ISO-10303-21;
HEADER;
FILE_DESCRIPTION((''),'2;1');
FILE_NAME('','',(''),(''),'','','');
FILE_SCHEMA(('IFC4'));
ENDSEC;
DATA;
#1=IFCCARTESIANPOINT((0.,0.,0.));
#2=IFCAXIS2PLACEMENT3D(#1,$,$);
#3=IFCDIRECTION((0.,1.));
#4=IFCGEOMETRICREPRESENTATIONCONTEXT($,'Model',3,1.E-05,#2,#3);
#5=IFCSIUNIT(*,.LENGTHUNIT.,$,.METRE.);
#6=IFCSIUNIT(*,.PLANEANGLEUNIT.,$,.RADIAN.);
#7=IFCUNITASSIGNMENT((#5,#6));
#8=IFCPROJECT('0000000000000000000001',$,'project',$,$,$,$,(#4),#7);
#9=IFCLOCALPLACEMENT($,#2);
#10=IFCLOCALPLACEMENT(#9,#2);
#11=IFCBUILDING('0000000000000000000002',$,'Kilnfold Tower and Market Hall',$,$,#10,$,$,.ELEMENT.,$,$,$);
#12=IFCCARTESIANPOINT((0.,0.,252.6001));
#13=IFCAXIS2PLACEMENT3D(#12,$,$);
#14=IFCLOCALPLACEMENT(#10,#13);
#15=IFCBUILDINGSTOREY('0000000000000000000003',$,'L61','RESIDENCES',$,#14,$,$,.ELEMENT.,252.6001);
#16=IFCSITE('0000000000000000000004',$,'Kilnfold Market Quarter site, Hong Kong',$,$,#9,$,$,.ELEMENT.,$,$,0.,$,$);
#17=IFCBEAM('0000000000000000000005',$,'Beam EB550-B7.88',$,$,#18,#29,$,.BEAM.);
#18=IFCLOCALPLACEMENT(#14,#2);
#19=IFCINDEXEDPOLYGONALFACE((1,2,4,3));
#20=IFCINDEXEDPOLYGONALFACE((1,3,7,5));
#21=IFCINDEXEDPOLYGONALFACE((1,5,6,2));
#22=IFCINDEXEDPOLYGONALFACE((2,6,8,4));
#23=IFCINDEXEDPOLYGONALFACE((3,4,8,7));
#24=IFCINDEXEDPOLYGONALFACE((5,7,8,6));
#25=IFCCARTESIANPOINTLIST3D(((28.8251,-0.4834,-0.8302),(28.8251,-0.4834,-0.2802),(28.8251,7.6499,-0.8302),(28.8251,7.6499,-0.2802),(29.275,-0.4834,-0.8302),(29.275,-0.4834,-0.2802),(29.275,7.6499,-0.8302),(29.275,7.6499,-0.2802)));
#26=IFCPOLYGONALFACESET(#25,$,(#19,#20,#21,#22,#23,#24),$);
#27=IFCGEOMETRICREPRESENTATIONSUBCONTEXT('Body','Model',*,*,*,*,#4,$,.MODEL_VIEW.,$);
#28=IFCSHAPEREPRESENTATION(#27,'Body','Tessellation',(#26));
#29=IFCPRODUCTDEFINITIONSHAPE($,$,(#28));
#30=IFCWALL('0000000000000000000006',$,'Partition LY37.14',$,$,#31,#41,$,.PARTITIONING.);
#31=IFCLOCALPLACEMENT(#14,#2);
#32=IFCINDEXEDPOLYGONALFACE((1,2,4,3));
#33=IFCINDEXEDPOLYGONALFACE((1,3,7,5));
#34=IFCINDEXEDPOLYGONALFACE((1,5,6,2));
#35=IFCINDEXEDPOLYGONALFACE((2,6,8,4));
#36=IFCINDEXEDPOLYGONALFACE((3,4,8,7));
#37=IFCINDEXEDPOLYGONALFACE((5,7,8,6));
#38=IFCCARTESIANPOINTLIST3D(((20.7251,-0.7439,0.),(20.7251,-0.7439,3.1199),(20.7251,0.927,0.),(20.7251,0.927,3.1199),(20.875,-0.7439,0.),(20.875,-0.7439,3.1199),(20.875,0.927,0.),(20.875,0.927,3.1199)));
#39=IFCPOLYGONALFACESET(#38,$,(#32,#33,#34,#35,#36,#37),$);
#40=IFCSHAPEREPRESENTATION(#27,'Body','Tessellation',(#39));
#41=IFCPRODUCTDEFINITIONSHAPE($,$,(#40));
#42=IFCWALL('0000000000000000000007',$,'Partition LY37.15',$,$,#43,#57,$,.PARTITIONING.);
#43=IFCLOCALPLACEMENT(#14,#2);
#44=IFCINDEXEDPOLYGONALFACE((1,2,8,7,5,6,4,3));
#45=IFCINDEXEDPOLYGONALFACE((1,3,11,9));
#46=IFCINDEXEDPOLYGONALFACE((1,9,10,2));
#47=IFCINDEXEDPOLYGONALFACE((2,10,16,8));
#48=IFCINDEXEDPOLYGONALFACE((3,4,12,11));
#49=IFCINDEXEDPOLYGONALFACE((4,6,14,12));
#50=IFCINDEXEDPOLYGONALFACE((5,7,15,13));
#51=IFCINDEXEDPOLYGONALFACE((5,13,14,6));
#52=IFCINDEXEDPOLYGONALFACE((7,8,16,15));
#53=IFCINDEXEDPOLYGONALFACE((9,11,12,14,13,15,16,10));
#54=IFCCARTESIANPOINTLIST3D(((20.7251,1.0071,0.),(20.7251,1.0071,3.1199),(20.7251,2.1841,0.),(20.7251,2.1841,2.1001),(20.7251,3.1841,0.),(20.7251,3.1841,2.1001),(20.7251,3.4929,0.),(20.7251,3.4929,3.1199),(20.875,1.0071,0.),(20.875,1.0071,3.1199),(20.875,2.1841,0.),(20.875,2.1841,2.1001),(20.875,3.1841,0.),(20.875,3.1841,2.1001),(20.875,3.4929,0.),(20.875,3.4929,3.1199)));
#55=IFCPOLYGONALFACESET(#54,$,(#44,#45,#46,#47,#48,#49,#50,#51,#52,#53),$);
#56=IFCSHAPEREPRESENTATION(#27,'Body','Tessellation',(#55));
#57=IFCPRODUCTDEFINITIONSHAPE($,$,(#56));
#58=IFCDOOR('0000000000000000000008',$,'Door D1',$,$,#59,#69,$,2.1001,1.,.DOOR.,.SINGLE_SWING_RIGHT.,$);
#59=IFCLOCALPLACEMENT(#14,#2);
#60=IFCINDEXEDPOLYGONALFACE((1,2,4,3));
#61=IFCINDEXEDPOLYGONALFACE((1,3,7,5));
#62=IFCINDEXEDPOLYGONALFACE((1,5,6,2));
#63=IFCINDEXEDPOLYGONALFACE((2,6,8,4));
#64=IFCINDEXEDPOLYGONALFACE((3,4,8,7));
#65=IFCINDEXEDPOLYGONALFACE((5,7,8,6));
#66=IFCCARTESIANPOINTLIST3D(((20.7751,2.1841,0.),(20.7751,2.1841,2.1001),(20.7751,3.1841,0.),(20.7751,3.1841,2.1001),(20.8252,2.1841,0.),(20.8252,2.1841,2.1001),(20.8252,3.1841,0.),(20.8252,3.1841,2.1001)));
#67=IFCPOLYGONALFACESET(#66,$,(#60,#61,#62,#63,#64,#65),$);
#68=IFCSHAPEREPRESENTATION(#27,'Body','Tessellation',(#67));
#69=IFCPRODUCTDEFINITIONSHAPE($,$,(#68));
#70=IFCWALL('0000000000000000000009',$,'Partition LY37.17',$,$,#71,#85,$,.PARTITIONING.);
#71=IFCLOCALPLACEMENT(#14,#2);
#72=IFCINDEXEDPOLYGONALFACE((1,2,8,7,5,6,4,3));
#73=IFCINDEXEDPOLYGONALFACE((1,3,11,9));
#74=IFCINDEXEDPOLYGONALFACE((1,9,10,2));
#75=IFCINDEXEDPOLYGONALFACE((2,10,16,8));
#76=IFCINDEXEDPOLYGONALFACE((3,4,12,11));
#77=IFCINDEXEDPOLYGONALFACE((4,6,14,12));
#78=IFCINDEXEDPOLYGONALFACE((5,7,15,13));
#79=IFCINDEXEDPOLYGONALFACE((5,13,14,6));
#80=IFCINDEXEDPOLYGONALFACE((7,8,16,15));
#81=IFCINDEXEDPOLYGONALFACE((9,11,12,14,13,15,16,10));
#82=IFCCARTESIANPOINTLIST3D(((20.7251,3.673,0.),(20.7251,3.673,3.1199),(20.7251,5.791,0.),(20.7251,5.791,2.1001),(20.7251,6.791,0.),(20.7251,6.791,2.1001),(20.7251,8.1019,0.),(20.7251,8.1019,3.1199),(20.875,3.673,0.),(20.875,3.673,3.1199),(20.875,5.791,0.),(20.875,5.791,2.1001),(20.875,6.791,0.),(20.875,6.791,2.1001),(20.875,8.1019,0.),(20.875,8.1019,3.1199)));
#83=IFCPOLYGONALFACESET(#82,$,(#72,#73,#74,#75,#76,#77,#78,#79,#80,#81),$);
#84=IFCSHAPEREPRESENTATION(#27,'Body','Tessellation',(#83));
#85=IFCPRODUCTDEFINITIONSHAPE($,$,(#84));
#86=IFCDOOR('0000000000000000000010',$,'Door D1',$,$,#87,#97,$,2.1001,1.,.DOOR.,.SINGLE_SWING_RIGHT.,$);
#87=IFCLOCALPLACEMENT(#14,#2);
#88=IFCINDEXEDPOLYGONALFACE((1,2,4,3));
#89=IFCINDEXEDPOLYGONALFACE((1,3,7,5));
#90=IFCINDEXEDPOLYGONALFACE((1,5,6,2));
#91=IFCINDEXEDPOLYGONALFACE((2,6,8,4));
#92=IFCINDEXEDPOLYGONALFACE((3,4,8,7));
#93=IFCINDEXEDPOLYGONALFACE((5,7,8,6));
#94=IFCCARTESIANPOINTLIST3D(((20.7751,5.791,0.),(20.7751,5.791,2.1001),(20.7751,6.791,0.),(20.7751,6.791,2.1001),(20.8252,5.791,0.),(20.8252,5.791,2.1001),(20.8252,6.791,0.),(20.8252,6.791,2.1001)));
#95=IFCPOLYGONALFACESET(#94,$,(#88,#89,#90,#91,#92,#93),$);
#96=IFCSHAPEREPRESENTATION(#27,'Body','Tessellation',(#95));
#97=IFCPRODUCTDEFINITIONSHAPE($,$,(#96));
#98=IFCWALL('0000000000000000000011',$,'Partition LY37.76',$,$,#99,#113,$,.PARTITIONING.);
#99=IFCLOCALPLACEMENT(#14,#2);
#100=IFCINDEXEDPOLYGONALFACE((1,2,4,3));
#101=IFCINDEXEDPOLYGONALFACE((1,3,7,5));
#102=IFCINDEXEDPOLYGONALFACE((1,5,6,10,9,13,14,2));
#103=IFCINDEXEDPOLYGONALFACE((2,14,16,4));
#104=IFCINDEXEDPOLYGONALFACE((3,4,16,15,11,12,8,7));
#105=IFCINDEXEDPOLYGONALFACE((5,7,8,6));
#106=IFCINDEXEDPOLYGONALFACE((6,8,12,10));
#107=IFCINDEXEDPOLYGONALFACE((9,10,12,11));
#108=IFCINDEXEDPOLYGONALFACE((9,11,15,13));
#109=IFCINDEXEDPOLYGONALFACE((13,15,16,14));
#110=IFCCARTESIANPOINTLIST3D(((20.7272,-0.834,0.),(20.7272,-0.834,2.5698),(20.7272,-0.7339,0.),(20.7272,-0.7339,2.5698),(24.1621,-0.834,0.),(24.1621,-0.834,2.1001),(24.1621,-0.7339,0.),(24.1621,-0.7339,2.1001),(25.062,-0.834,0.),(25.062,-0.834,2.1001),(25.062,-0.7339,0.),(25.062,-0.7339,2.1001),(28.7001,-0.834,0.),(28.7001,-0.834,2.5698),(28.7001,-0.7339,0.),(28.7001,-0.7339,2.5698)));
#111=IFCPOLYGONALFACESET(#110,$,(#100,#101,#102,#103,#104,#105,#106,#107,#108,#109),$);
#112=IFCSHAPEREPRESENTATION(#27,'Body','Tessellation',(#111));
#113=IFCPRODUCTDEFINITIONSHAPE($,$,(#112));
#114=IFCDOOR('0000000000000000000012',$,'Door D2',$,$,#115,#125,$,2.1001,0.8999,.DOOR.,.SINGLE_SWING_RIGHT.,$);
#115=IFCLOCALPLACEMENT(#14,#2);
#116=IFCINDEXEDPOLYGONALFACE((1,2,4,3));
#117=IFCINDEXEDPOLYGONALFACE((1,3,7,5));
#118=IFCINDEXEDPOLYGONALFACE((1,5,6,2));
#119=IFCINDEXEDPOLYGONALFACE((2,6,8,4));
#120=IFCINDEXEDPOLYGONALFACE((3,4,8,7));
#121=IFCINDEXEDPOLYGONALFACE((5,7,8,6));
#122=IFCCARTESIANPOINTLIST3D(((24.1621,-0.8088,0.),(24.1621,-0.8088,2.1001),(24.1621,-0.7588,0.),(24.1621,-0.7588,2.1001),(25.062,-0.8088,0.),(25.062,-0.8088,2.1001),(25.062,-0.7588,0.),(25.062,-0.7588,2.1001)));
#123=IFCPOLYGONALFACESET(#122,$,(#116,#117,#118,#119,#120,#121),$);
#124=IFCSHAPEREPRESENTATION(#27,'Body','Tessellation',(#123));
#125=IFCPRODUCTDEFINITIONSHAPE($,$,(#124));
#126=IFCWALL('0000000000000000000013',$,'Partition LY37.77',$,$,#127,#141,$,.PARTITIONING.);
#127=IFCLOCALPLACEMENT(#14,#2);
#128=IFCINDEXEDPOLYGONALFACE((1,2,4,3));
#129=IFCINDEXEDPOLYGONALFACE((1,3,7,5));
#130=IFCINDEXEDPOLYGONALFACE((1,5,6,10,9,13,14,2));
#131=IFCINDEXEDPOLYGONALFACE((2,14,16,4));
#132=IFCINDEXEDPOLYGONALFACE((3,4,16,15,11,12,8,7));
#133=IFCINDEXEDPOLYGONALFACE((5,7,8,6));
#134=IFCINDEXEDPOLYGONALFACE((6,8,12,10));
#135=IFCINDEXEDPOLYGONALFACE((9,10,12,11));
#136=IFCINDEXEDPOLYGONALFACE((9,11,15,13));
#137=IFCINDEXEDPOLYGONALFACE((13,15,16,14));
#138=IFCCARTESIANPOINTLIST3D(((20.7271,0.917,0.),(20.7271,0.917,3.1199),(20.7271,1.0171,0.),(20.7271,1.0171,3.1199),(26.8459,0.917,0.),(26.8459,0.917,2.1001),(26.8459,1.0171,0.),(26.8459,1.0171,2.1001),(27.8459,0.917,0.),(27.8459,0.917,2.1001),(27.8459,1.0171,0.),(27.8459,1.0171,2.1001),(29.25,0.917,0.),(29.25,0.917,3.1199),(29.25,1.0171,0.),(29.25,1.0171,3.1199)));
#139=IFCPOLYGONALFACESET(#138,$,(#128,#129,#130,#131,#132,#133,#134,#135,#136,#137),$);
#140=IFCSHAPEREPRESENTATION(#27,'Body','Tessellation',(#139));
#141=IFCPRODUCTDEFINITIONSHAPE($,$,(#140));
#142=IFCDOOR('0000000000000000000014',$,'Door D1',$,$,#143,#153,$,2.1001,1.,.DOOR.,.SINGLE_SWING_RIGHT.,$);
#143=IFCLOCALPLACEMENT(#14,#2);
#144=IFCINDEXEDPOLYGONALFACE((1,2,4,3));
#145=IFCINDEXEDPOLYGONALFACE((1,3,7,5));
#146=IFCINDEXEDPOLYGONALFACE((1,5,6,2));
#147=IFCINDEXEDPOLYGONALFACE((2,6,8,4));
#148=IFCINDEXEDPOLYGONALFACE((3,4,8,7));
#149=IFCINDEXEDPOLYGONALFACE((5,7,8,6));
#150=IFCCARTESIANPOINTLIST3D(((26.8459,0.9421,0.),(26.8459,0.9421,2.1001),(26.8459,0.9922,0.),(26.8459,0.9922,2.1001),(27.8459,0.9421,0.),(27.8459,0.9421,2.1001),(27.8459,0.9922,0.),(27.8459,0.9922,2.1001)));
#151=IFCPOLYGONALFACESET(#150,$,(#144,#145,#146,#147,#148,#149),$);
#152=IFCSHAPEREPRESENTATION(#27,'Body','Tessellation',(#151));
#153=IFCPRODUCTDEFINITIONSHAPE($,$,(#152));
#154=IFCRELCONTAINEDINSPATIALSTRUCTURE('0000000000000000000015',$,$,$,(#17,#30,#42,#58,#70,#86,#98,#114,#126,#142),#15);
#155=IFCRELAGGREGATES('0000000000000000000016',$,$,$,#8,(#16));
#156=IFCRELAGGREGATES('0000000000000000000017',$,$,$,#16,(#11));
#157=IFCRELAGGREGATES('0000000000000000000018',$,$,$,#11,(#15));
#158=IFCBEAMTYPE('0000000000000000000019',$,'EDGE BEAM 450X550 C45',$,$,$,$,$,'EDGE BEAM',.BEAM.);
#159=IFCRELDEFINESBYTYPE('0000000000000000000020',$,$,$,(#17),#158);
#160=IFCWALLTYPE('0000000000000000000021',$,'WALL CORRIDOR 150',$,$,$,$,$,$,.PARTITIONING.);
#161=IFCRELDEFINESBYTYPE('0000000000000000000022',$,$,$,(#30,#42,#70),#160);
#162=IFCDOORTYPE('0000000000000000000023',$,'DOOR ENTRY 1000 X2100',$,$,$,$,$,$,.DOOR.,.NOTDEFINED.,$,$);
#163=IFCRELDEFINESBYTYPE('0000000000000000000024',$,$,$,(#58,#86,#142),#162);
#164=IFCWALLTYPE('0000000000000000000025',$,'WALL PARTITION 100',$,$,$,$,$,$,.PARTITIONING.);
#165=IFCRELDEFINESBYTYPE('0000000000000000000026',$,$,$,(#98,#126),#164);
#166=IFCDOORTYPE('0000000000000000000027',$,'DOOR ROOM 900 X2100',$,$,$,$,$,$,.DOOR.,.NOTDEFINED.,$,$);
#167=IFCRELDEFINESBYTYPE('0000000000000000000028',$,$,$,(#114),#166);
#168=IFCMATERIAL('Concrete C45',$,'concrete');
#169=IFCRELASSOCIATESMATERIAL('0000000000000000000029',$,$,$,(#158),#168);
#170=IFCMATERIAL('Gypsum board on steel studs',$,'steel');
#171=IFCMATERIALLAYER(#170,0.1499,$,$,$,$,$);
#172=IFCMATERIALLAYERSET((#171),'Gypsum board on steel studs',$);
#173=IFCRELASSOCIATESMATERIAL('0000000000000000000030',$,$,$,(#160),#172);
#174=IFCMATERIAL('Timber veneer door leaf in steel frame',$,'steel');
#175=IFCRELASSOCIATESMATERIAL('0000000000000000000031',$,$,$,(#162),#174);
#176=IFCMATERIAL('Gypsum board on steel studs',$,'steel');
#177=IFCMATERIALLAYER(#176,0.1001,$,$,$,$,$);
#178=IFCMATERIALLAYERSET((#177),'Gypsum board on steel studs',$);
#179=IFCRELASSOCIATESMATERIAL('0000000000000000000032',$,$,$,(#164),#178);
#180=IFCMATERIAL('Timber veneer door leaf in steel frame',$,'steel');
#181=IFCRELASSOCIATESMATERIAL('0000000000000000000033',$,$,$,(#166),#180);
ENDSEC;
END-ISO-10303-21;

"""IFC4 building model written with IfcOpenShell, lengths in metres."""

from ifc_helpers import new_model, si_unit, direction, frame, frame_2d, origin, origin_2d, place, context, subcontext, project, spatial, rectangle, extrude, source, transform, mapped, material, layer, layer_set, material_profile, profile_set, type_object, element, fill, save


model = new_model("IFC4")

# Units and contexts
model_context = context("Model", 3, precision=1e-05, world=origin(), true_north=direction((0.0, 1.0)))
body_context = subcontext(model_context, "Body", "Model", "MODEL_VIEW")
ifc_project = project(units=[si_unit("LENGTHUNIT", "METRE"), si_unit("PLANEANGLEUNIT", "RADIAN")], contexts=[model_context])

# Site, building, storey
site_placement = place(None, origin())
site = spatial("IfcSite", under=ifc_project, at=site_placement, Name="Kilnfold Market Quarter site, Hong Kong", CompositionType="ELEMENT", RefElevation=0.0)
building_placement = place(site_placement, origin())
building = spatial("IfcBuilding", under=site, at=building_placement, Name="Kilnfold Tower and Market Hall", CompositionType="ELEMENT")
storey_placement = place(building_placement, frame((0.0, 0.0, 252.6001)))
storey = spatial("IfcBuildingStorey", under=building, at=storey_placement, Name="L61", Description="RESIDENCES", CompositionType="ELEMENT", Elevation=252.6001)

# Beam
ifc_material_1 = material(Name="Concrete C45", Category="concrete")
ifc_material_profile_1 = material_profile(ifc_material_1, rectangle(XDim=0.45, YDim=0.55, at=origin_2d()), Name="RC 450x550")
ifc_profile_set_1 = profile_set([ifc_material_profile_1], Name="Concrete C45")
beam_type = type_object("IfcBeamType", Name="EDGE BEAM 450X550 C45", ElementType="EDGE BEAM", PredefinedType="BEAM", material=ifc_profile_set_1)
shared_shape_1 = source(origin(), body_context, "Body", "SweptSolid", [
    extrude(rectangle(XDim=0.45, YDim=0.55, at=origin_2d()), origin(), (0.0, 0.0, 1.0), 8.1333),
])
beam_placement = place(storey_placement, frame((29.05, -0.4834, -0.5552), z_axis=(0.0, 1.0, 0.0), x_axis=(-1.0, 0.0, 0.0)))
element("IfcBeam", 1, at=beam_placement, inside=storey, type_object=beam_type, Name="Beam EB550-B7.88", PredefinedType="BEAM", context=body_context, shape_type="MappedRepresentation", body=[
    mapped(shared_shape_1, transform((0.0, 0.0, 0.0))),
])

# Wall
ifc_material_2 = material(Name="Gypsum board on steel studs", Category="steel")
ifc_layer_1 = layer(ifc_material_2, 0.1499)
ifc_layer_set_1 = layer_set([ifc_layer_1], Name="Gypsum board on steel studs")
wall_type_1 = type_object("IfcWallType", Name="WALL CORRIDOR 150", PredefinedType="PARTITIONING", material=ifc_layer_set_1)
wall_1_placement = place(storey_placement, frame((20.8, -0.7439, 0.0), z_axis=(0.0, 0.0, 1.0), x_axis=(0.0, 1.0, 0.0)))
element("IfcWall", 2, at=wall_1_placement, inside=storey, type_object=wall_type_1, Name="Partition LY37.14", PredefinedType="PARTITIONING", context=body_context, shape_type="SweptSolid", body=[
    extrude(rectangle(XDim=1.6709, YDim=0.1499, at=frame_2d((0.8354, 0.0))), origin(), (0.0, 0.0, 1.0), 3.1199),
])

# Walls, openings, doors
wall_2_placement = place(storey_placement, frame((20.8, 1.0071, 0.0), z_axis=(0.0, 0.0, 1.0), x_axis=(0.0, 1.0, 0.0)))
wall_2 = element("IfcWall", 3, at=wall_2_placement, inside=storey, type_object=wall_type_1, Name="Partition LY37.15", PredefinedType="PARTITIONING", context=body_context, shape_type="SweptSolid", body=[
    extrude(rectangle(XDim=2.4858, YDim=0.1499, at=frame_2d((1.2429, 0.0))), origin(), (0.0, 0.0, 1.0), 3.1199),
])
opening_1_placement = place(wall_2_placement, frame((1.177, 0.0, 0.0)))
opening_1 = element("IfcOpeningElement", 4, at=opening_1_placement, cuts=wall_2, PredefinedType="OPENING", context=body_context, shape_type="SweptSolid", body=[
    extrude(rectangle(XDim=1.0, YDim=2.1001, at=frame_2d((0.5, 1.05))), frame((0.0, 0.085, 0.0), z_axis=(0.0, -1.0, 0.0), x_axis=(1.0, 0.0, 0.0)), (0.0, 0.0, 1.0), 0.1699),
])
ifc_material_3 = material(Name="Timber veneer door leaf in steel frame", Category="steel")
door_type_1 = type_object("IfcDoorType", Name="DOOR ENTRY 1000 X2100", OperationType="NOTDEFINED", PredefinedType="DOOR", material=ifc_material_3)
door_1_placement = place(opening_1_placement, origin())
door_1 = element("IfcDoor", 5, at=door_1_placement, inside=storey, type_object=door_type_1, Name="Door D1", OperationType="SINGLE_SWING_RIGHT", OverallHeight=2.1001, OverallWidth=1.0, PredefinedType="DOOR", context=body_context, shape_type="SweptSolid", body=[
    extrude(rectangle(XDim=1.0, YDim=2.1001, at=frame_2d((0.5, 1.05))), frame((0.0, 0.0249, 0.0), z_axis=(0.0, -1.0, 0.0), x_axis=(1.0, 0.0, 0.0)), (0.0, 0.0, 1.0), 0.05),
])
fill(opening_1, door_1)
wall_3_placement = place(storey_placement, frame((20.8, 3.6731, 0.0), z_axis=(0.0, 0.0, 1.0), x_axis=(0.0, 1.0, 0.0)))
wall_3 = element("IfcWall", 6, at=wall_3_placement, inside=storey, type_object=wall_type_1, Name="Partition LY37.17", PredefinedType="PARTITIONING", context=body_context, shape_type="SweptSolid", body=[
    extrude(rectangle(XDim=4.429, YDim=0.1499, at=frame_2d((2.2144, 0.0))), origin(), (0.0, 0.0, 1.0), 3.1199),
])
opening_2_placement = place(wall_3_placement, frame((2.1179, 0.0, 0.0)))
opening_2 = element("IfcOpeningElement", 7, at=opening_2_placement, cuts=wall_3, PredefinedType="OPENING", context=body_context, shape_type="SweptSolid", body=[
    extrude(rectangle(XDim=1.0, YDim=2.1001, at=frame_2d((0.5, 1.05))), frame((0.0, 0.085, 0.0), z_axis=(0.0, -1.0, 0.0), x_axis=(1.0, 0.0, 0.0)), (0.0, 0.0, 1.0), 0.1699),
])
door_2_placement = place(opening_2_placement, origin())
door_2 = element("IfcDoor", 8, at=door_2_placement, inside=storey, type_object=door_type_1, Name="Door D1", OperationType="SINGLE_SWING_RIGHT", OverallHeight=2.1001, OverallWidth=1.0, PredefinedType="DOOR", context=body_context, shape_type="SweptSolid", body=[
    extrude(rectangle(XDim=1.0, YDim=2.1001, at=frame_2d((0.5, 1.05))), frame((0.0, 0.0249, 0.0), z_axis=(0.0, -1.0, 0.0), x_axis=(1.0, 0.0, 0.0)), (0.0, 0.0, 1.0), 0.05),
])
fill(opening_2, door_2)
ifc_material_4 = material(Name="Gypsum board on steel studs", Category="steel")
ifc_layer_2 = layer(ifc_material_4, 0.1001)
ifc_layer_set_2 = layer_set([ifc_layer_2], Name="Gypsum board on steel studs")
wall_type_2 = type_object("IfcWallType", Name="WALL PARTITION 100", PredefinedType="PARTITIONING", material=ifc_layer_set_2)
wall_4_placement = place(storey_placement, frame((28.7, -0.7839, 0.0), z_axis=(0.0, 0.0, 1.0), x_axis=(-1.0, 0.0, 0.0)))
wall_4 = element("IfcWall", 9, at=wall_4_placement, inside=storey, type_object=wall_type_2, Name="Partition LY37.76", PredefinedType="PARTITIONING", context=body_context, shape_type="SweptSolid", body=[
    extrude(rectangle(XDim=7.9729, YDim=0.1001, at=frame_2d((3.9863, 0.0))), origin(), (0.0, 0.0, 1.0), 2.5698),
])
opening_3_placement = place(wall_4_placement, frame((3.6379, 0.0, 0.0)))
opening_3 = element("IfcOpeningElement", 10, at=opening_3_placement, cuts=wall_4, PredefinedType="OPENING", context=body_context, shape_type="SweptSolid", body=[
    extrude(rectangle(XDim=0.8999, YDim=2.1001, at=frame_2d((0.45, 1.05))), frame((0.0, 0.0601, 0.0), z_axis=(0.0, -1.0, 0.0), x_axis=(1.0, 0.0, 0.0)), (0.0, 0.0, 1.0), 0.1201),
])
ifc_material_5 = material(Name="Timber veneer door leaf in steel frame", Category="steel")
door_type_2 = type_object("IfcDoorType", Name="DOOR ROOM 900 X2100", OperationType="NOTDEFINED", PredefinedType="DOOR", material=ifc_material_5)
door_3_placement = place(opening_3_placement, origin())
door_3 = element("IfcDoor", 11, at=door_3_placement, inside=storey, type_object=door_type_2, Name="Door D2", OperationType="SINGLE_SWING_RIGHT", OverallHeight=2.1001, OverallWidth=0.8999, PredefinedType="DOOR", context=body_context, shape_type="SweptSolid", body=[
    extrude(rectangle(XDim=0.8999, YDim=2.1001, at=frame_2d((0.45, 1.05))), frame((0.0, 0.0249, 0.0), z_axis=(0.0, -1.0, 0.0), x_axis=(1.0, 0.0, 0.0)), (0.0, 0.0, 1.0), 0.05),
])
fill(opening_3, door_3)
wall_5_placement = place(storey_placement, frame((29.25, 0.967, 0.0), z_axis=(0.0, 0.0, 1.0), x_axis=(-1.0, 0.0, 0.0)))
wall_5 = element("IfcWall", 12, at=wall_5_placement, inside=storey, type_object=wall_type_2, Name="Partition LY37.77", PredefinedType="PARTITIONING", context=body_context, shape_type="SweptSolid", body=[
    extrude(rectangle(XDim=8.5229, YDim=0.1001, at=frame_2d((4.2615, 0.0))), origin(), (0.0, 0.0, 1.0), 3.1199),
])
opening_4_placement = place(wall_5_placement, frame((1.4041, 0.0, 0.0)))
opening_4 = element("IfcOpeningElement", 13, at=opening_4_placement, cuts=wall_5, PredefinedType="OPENING", context=body_context, shape_type="SweptSolid", body=[
    extrude(rectangle(XDim=1.0, YDim=2.1001, at=frame_2d((0.5, 1.05))), frame((0.0, 0.0601, 0.0), z_axis=(0.0, -1.0, 0.0), x_axis=(1.0, 0.0, 0.0)), (0.0, 0.0, 1.0), 0.1201),
])
door_4_placement = place(opening_4_placement, origin())
door_4 = element("IfcDoor", 14, at=door_4_placement, inside=storey, type_object=door_type_1, Name="Door D1", OperationType="SINGLE_SWING_RIGHT", OverallHeight=2.1001, OverallWidth=1.0, PredefinedType="DOOR", context=body_context, shape_type="SweptSolid", body=[
    extrude(rectangle(XDim=1.0, YDim=2.1001, at=frame_2d((0.5, 1.05))), frame((0.0, 0.0249, 0.0), z_axis=(0.0, -1.0, 0.0), x_axis=(1.0, 0.0, 0.0)), (0.0, 0.0, 1.0), 0.05),
])
fill(opening_4, door_4)

save(model, "model.ifc")
